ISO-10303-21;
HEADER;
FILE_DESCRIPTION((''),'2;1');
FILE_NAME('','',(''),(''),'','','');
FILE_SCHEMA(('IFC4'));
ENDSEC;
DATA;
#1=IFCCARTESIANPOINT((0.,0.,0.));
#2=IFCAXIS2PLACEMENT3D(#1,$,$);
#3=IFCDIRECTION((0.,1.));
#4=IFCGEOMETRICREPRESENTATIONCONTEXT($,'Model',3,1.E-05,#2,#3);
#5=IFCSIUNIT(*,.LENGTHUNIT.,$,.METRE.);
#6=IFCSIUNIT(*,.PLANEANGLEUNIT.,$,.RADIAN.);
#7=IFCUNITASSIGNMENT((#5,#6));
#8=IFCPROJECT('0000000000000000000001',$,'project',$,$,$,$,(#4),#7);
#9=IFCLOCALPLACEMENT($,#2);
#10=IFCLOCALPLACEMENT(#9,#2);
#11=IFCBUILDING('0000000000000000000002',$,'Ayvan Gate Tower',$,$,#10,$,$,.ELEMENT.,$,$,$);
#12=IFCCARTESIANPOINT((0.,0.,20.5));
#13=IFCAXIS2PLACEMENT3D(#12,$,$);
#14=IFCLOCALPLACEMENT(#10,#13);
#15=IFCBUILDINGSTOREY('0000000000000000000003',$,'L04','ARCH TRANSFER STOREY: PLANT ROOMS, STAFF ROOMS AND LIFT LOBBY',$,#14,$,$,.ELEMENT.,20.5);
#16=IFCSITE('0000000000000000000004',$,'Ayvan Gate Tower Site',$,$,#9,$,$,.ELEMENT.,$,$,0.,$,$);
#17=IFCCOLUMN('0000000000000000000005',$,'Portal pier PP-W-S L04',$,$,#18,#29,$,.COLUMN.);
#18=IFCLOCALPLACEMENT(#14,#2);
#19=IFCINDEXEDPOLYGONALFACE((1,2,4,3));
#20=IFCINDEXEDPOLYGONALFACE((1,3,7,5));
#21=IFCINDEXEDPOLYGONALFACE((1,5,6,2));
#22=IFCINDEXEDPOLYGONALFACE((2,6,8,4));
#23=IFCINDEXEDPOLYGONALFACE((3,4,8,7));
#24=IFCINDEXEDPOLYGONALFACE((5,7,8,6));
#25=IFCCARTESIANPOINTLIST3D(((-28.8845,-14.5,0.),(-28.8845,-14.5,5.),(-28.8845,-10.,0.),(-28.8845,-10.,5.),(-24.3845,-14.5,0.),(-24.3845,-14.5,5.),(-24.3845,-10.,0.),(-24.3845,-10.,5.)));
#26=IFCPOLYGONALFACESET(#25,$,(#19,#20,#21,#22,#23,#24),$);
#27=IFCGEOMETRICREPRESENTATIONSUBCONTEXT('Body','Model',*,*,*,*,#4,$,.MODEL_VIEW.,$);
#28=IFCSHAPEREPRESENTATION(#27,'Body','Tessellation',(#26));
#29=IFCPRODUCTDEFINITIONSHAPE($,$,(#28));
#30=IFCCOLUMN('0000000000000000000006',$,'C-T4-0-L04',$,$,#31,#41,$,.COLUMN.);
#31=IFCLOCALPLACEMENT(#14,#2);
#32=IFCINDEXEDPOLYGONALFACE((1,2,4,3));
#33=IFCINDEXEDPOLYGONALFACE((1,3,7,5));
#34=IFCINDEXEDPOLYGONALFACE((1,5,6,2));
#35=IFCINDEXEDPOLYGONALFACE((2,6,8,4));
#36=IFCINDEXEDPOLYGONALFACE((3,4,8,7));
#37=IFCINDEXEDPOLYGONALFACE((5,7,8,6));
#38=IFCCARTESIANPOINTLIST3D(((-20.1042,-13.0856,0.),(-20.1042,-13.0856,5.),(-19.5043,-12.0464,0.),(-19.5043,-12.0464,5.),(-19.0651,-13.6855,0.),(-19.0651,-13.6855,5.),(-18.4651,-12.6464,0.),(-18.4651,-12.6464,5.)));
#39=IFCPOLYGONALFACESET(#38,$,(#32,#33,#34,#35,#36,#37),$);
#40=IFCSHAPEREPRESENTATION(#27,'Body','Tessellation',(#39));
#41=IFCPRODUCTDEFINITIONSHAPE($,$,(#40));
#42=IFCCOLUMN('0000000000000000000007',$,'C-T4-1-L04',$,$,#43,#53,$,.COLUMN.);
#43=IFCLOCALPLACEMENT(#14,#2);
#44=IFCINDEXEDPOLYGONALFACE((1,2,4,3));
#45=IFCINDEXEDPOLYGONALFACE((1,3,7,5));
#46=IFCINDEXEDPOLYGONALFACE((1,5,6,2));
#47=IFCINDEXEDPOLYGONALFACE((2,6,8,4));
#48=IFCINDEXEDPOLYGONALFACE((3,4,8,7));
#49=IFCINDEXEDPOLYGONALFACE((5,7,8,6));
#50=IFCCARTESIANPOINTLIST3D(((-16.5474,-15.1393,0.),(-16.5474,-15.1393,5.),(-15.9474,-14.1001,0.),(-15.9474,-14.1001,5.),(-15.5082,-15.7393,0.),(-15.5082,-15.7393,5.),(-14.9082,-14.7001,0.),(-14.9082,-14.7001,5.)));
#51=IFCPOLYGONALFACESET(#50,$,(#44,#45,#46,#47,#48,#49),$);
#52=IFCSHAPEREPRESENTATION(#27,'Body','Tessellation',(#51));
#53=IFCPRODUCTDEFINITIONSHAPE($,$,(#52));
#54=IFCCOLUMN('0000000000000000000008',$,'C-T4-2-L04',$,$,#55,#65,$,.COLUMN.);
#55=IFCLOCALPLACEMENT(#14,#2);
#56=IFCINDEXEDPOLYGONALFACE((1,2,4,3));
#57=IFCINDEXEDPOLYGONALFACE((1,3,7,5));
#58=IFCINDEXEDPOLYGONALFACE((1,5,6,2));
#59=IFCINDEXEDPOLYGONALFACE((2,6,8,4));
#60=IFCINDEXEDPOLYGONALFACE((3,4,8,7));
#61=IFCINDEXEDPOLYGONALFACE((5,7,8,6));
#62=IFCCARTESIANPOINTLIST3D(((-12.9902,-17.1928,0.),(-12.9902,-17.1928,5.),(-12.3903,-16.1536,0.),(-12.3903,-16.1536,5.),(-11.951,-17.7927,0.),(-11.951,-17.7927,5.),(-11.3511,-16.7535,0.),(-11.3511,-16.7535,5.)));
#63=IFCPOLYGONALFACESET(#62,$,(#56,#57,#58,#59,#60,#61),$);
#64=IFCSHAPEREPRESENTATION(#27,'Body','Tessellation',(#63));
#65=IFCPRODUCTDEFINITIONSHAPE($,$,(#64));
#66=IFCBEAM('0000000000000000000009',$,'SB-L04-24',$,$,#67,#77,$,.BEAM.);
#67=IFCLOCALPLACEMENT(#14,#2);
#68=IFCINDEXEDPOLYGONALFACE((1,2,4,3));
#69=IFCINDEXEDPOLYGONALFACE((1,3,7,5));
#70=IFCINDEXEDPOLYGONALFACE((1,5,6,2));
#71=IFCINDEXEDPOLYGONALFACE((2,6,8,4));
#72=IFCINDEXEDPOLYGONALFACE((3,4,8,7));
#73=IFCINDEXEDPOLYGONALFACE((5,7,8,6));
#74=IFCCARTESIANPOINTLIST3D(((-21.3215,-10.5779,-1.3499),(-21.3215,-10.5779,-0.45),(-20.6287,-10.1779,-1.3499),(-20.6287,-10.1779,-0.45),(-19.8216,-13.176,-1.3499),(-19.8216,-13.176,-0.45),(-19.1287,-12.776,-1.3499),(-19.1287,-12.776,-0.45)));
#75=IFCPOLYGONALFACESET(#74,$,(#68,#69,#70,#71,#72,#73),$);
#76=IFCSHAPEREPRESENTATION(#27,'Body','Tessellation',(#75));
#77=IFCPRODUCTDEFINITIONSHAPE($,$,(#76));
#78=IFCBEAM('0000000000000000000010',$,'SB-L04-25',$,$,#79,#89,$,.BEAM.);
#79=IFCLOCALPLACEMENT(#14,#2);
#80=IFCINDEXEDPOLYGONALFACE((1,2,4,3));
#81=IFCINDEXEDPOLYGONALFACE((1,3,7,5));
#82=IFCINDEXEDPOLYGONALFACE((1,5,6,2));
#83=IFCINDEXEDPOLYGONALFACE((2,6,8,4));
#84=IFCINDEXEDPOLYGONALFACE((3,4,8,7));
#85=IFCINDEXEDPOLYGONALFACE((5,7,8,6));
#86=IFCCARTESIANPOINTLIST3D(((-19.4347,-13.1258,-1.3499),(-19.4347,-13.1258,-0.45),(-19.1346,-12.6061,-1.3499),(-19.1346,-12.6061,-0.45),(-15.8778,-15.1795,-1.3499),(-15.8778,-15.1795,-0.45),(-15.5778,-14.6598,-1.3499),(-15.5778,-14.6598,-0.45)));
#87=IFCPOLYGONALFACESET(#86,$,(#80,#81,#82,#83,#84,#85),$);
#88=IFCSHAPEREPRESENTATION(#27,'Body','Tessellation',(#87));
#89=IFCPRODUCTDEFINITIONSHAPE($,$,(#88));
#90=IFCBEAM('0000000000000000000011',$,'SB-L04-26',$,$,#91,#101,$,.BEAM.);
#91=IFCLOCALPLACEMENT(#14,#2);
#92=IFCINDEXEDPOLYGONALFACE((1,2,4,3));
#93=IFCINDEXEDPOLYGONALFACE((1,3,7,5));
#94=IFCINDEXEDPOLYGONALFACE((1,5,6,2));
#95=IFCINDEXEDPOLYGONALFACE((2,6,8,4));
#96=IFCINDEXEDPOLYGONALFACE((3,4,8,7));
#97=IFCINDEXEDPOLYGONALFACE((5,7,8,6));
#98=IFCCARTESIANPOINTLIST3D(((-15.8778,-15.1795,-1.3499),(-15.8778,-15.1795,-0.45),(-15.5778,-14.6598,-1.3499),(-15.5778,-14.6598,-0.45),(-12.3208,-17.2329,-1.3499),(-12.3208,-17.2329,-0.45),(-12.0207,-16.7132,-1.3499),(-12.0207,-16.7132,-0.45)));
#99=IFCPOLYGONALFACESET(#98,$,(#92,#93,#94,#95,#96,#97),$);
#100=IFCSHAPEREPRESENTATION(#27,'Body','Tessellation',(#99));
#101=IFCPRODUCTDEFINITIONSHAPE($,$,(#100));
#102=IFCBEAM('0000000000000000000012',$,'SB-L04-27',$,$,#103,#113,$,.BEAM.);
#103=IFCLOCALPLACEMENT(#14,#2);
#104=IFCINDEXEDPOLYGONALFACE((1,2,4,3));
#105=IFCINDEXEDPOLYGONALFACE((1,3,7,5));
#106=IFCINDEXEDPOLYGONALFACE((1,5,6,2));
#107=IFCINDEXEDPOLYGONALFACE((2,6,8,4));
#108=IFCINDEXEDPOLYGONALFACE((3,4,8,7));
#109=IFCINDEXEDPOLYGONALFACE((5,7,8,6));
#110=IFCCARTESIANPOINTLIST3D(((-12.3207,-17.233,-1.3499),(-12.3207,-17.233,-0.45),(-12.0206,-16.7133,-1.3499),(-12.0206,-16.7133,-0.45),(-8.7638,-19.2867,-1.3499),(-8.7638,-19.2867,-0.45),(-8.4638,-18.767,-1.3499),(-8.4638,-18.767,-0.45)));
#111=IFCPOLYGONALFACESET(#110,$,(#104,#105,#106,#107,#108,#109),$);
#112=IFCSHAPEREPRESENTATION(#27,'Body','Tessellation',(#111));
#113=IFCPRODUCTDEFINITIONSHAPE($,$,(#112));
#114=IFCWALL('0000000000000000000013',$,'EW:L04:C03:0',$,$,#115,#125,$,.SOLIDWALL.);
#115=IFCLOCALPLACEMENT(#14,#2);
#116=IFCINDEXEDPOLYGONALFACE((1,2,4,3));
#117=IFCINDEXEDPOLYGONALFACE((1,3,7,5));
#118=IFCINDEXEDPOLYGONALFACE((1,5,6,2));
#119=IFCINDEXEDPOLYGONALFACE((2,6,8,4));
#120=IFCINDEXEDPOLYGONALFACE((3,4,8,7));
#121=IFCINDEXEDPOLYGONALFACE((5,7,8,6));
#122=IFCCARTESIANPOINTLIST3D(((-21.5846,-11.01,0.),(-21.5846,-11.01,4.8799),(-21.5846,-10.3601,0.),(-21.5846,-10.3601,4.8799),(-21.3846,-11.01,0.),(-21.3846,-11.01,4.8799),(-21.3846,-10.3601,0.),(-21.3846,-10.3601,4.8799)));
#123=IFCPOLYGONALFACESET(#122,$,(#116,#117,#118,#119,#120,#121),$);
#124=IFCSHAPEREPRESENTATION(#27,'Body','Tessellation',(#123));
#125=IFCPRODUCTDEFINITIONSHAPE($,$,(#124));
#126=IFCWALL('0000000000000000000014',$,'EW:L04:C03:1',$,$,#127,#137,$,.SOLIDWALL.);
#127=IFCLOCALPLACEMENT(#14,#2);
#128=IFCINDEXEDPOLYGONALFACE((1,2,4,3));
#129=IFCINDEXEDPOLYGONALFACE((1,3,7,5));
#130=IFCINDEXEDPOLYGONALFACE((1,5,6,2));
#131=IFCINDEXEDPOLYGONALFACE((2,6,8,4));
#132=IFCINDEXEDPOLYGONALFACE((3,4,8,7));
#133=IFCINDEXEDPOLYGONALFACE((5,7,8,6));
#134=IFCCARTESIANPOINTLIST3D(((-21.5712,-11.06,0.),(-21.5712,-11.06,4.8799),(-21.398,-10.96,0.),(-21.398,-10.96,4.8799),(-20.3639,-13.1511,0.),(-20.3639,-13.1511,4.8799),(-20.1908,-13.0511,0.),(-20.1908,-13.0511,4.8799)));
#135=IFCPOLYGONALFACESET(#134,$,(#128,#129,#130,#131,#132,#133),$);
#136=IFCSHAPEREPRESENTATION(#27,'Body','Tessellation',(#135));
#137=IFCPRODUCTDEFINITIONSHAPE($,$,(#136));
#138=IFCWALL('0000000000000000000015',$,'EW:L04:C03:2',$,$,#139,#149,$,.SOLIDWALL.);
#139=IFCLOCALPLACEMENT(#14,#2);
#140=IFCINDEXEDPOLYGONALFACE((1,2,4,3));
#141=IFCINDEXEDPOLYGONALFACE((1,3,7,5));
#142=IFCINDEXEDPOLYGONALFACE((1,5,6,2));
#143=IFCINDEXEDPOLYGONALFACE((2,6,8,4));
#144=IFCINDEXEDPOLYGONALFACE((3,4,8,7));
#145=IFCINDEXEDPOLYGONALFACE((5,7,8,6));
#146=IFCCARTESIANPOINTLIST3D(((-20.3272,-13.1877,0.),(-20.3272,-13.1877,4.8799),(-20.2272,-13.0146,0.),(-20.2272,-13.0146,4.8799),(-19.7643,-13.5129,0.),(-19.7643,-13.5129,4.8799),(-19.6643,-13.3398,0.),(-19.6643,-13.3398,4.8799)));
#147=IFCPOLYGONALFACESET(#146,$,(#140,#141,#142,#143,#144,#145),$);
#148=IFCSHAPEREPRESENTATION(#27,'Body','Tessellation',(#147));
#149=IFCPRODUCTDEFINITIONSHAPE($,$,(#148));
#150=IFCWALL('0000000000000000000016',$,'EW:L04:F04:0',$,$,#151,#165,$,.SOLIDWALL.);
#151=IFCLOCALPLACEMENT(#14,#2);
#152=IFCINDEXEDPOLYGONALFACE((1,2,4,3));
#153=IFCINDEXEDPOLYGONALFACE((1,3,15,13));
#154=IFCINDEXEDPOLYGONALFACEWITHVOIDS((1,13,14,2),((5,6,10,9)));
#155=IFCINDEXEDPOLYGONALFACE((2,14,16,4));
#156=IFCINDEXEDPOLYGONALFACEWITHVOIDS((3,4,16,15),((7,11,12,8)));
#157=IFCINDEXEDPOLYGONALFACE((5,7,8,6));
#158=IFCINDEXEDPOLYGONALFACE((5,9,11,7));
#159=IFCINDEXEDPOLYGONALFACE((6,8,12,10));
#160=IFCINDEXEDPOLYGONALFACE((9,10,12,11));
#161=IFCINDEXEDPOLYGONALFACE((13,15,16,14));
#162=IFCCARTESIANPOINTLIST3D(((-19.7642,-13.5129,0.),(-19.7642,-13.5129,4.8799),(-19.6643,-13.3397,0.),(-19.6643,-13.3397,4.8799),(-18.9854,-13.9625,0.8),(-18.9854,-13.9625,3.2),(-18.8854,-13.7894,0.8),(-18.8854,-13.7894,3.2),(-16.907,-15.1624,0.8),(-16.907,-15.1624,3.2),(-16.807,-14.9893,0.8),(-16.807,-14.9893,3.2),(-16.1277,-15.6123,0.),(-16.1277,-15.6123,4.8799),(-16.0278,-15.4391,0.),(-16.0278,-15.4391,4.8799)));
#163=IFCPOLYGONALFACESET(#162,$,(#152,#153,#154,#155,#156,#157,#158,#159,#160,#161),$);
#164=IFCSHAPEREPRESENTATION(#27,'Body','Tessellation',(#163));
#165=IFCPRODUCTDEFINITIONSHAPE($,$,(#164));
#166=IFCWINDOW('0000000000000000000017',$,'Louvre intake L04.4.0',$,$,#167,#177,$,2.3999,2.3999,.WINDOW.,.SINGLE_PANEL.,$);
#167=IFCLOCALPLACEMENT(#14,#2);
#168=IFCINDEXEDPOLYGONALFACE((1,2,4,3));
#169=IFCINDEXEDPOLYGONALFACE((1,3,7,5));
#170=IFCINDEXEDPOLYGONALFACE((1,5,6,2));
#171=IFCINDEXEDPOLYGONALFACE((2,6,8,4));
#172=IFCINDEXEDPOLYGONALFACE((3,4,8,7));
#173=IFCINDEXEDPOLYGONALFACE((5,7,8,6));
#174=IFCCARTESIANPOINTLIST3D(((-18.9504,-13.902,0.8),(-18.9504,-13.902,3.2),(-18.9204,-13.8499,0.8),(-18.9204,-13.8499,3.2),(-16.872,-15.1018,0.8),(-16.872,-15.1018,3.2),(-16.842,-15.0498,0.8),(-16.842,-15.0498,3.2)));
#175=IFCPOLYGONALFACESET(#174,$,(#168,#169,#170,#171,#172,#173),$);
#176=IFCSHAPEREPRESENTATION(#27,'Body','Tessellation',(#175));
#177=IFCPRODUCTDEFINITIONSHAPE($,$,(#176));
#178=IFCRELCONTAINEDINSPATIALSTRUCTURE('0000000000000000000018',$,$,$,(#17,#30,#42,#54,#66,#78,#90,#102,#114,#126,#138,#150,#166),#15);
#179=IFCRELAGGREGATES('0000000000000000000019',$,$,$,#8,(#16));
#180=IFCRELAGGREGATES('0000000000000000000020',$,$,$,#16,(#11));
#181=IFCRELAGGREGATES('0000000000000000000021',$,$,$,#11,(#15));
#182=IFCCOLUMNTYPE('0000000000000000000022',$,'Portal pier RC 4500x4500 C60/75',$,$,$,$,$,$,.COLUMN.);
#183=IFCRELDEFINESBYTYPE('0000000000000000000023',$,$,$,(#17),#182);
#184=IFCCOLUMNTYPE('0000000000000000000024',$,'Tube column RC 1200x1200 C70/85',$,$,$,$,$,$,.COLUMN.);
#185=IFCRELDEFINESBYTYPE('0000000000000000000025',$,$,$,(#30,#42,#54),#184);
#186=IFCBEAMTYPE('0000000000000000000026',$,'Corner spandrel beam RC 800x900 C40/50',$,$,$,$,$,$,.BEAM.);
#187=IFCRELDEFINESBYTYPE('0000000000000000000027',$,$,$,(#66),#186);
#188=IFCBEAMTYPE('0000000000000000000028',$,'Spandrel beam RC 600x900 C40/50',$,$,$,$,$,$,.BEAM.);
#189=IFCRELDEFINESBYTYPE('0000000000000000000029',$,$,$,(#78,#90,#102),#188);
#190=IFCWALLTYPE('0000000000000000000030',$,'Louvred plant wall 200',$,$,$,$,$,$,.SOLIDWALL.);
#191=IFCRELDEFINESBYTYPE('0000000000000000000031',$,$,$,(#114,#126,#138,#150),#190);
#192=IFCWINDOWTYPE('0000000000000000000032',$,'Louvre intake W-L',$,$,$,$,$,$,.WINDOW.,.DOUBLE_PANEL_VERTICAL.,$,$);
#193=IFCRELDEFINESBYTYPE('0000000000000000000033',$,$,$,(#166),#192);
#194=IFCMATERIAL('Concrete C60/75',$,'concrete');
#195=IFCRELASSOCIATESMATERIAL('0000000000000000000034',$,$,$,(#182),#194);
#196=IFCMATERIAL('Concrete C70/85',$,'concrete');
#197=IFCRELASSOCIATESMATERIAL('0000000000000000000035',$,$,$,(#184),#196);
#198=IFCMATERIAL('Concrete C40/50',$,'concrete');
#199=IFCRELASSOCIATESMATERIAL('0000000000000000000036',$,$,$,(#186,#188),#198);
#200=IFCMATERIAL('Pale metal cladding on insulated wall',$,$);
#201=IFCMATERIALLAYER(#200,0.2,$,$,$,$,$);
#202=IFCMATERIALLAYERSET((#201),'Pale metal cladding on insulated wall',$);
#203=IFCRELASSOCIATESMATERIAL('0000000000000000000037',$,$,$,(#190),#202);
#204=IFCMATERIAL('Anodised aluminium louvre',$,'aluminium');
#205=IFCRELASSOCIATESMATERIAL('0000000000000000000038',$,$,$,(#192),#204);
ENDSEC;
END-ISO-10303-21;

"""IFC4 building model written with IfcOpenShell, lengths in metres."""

from ifc_helpers import new_model, si_unit, direction, frame, frame_2d, origin, origin_2d, place, context, subcontext, project, spatial, rectangle, extrude, material, layer, layer_set, material_profile, profile_set, type_object, element, fill, save


model = new_model("IFC4")

# Units and contexts
model_context = context("Model", 3, precision=1e-05, world=origin(), true_north=direction((0.0, 1.0)))
body_context = subcontext(model_context, "Body", "Model", "MODEL_VIEW")
ifc_project = project(units=[si_unit("LENGTHUNIT", "METRE"), si_unit("PLANEANGLEUNIT", "RADIAN")], contexts=[model_context])

# Site, building, storey
site_placement = place(None, origin())
site = spatial("IfcSite", under=ifc_project, at=site_placement, Name="Ayvan Gate Tower Site", CompositionType="ELEMENT", RefElevation=0.0)
building_placement = place(site_placement, origin())
building = spatial("IfcBuilding", under=site, at=building_placement, Name="Ayvan Gate Tower", CompositionType="ELEMENT")
storey_placement = place(building_placement, frame((0.0, 0.0, 20.5)))
storey = spatial("IfcBuildingStorey", under=building, at=storey_placement, Name="L04", Description="ARCH TRANSFER STOREY: PLANT ROOMS, STAFF ROOMS AND LIFT LOBBY", CompositionType="ELEMENT", Elevation=20.5)

# Columns
ifc_material_1 = material(Name="Concrete C60/75", Category="concrete")
ifc_material_profile_1 = material_profile(ifc_material_1, rectangle(XDim=4.5, YDim=4.5, at=origin_2d()), Name="RC 4500x4500")
ifc_profile_set_1 = profile_set([ifc_material_profile_1], Name="Concrete C60/75")
column_type_1 = type_object("IfcColumnType", Name="Portal pier RC 4500x4500 C60/75", PredefinedType="COLUMN", material=ifc_profile_set_1)
column_placement = place(storey_placement, frame((-26.6345, -12.25, 0.0), z_axis=(0.0, 0.0, 1.0), x_axis=(-1.0, 0.0, 0.0)))
element("IfcColumn", 1, at=column_placement, inside=storey, type_object=column_type_1, Name="Portal pier PP-W-S L04", PredefinedType="COLUMN", context=body_context, shape_type="SweptSolid", body=[
    extrude(rectangle(XDim=4.5, YDim=4.5, at=origin_2d()), origin(), (0.0, 0.0, 1.0), 5.0),
])
ifc_material_2 = material(Name="Concrete C70/85", Category="concrete")
ifc_material_profile_2 = material_profile(ifc_material_2, rectangle(XDim=1.2, YDim=1.2, at=origin_2d()), Name="RC 1200x1200")
ifc_profile_set_2 = profile_set([ifc_material_profile_2], Name="Concrete C70/85")
column_type_2 = type_object("IfcColumnType", Name="Tube column RC 1200x1200 C70/85", PredefinedType="COLUMN", material=ifc_profile_set_2)
for number, where, z_axis, x_axis, name in (
    (2, (-19.2847, -12.866, 0.0), (0.0, 0.0, 1.0), (-0.5, -0.866025, 0.0), "C-T4-0-L04"),
    (3, (-15.7278, -14.9197, 0.0), (0.0, 0.0, 1.0), (-0.5, -0.866025, 0.0), "C-T4-1-L04"),
    (4, (-12.1707, -16.9731, 0.0), (0.0, 0.0, 1.0), (-0.5, -0.866025, 0.0), "C-T4-2-L04"),
):
    element("IfcColumn", number, at=place(storey_placement, frame(where, z_axis=z_axis, x_axis=x_axis)), inside=storey, type_object=column_type_2, Name=name, PredefinedType="COLUMN", context=body_context, shape_type="SweptSolid", body=[
        extrude(rectangle(XDim=1.2, YDim=1.2, at=origin_2d()), origin(), (0.0, 0.0, 1.0), 5.0),
    ])

# Beams
ifc_material_3 = material(Name="Concrete C40/50", Category="concrete")
ifc_material_profile_3 = material_profile(ifc_material_3, rectangle(XDim=0.8, YDim=0.8999, at=origin_2d()), Name="RC 800x900")
ifc_profile_set_3 = profile_set([ifc_material_profile_3], Name="Concrete C40/50")
beam_type_1 = type_object("IfcBeamType", Name="Corner spandrel beam RC 800x900 C40/50", PredefinedType="BEAM", material=ifc_profile_set_3)
beam_placement = place(storey_placement, frame((-20.9751, -10.3779, -0.8999), z_axis=(0.49999, -0.866031, 0.0), x_axis=(0.866031, 0.49999, 0.0)))
element("IfcBeam", 5, at=beam_placement, inside=storey, type_object=beam_type_1, Name="SB-L04-24", PredefinedType="BEAM", context=body_context, shape_type="SweptSolid", body=[
    extrude(rectangle(XDim=0.8, YDim=0.8999, at=origin_2d()), origin(), (0.0, 0.0, 1.0), 3.0),
])
ifc_material_profile_4 = material_profile(ifc_material_3, rectangle(XDim=0.6001, YDim=0.8999, at=origin_2d()), Name="RC 600x900")
ifc_profile_set_4 = profile_set([ifc_material_profile_4], Name="Concrete C40/50")
beam_type_2 = type_object("IfcBeamType", Name="Spandrel beam RC 600x900 C40/50", PredefinedType="BEAM", material=ifc_profile_set_4)
for number, where, z_axis, x_axis, name in (
    (6, (-19.2847, -12.866, -0.8999), (0.86601, -0.500026, 0.0), (0.500026, 0.86601, 0.0), "SB-L04-25"),
    (7, (-15.7278, -14.9197, -0.8999), (0.866051, -0.499956, 0.0), (0.499956, 0.866051, 0.0), "SB-L04-26"),
    (8, (-12.1707, -16.9731, -0.8999), (0.86601, -0.500026, 0.0), (0.500026, 0.86601, 0.0), "SB-L04-27"),
):
    element("IfcBeam", number, at=place(storey_placement, frame(where, z_axis=z_axis, x_axis=x_axis)), inside=storey, type_object=beam_type_2, Name=name, PredefinedType="BEAM", context=body_context, shape_type="SweptSolid", body=[
        extrude(rectangle(XDim=0.6001, YDim=0.8999, at=origin_2d()), origin(), (0.0, 0.0, 1.0), 4.1072),
    ])

# Walls
ifc_material_4 = material(Name="Pale metal cladding on insulated wall")
ifc_layer_1 = layer(ifc_material_4, 0.2)
ifc_layer_set_1 = layer_set([ifc_layer_1], Name="Pale metal cladding on insulated wall")
wall_type_1 = type_object("IfcWallType", Name="Louvred plant wall 200", PredefinedType="SOLIDWALL", material=ifc_layer_set_1)
wall_1_placement = place(storey_placement, frame((-21.4846, -10.3601, 0.0), z_axis=(0.0, 0.0, 1.0), x_axis=(0.0, -1.0, 0.0)))
element("IfcWall", 9, at=wall_1_placement, inside=storey, type_object=wall_type_1, Name="EW:L04:C03:0", PredefinedType="SOLIDWALL", context=body_context, shape_type="SweptSolid", body=[
    extrude(rectangle(XDim=0.6499, YDim=0.2, at=frame_2d((0.325, 0.0))), origin(), (0.0, 0.0, 1.0), 4.8799),
])
wall_2_placement = place(storey_placement, frame((-21.4846, -11.01, 0.0), z_axis=(0.0, 0.0, 1.0), x_axis=(0.5, -0.866026, 0.0)))
element("IfcWall", 10, at=wall_2_placement, inside=storey, type_object=wall_type_1, Name="EW:L04:C03:1", PredefinedType="SOLIDWALL", context=body_context, shape_type="SweptSolid", body=[
    extrude(rectangle(XDim=2.4146, YDim=0.2, at=frame_2d((1.2073, 0.0))), origin(), (0.0, 0.0, 1.0), 4.8799),
])
wall_3_placement = place(storey_placement, frame((-20.2773, -13.1011, 0.0), z_axis=(0.0, 0.0, 1.0), x_axis=(0.865923, -0.500177, 0.0)))
element("IfcWall", 11, at=wall_3_placement, inside=storey, type_object=wall_type_1, Name="EW:L04:C03:2", PredefinedType="SOLIDWALL", context=body_context, shape_type="SweptSolid", body=[
    extrude(rectangle(XDim=0.6501, YDim=0.2, at=frame_2d((0.3252, 0.0))), origin(), (0.0, 0.0, 1.0), 4.8799),
])

# Wall, opening, window
wall_4_placement = place(storey_placement, frame((-19.7144, -13.4263, 0.0), z_axis=(0.0, 0.0, 1.0), x_axis=(0.866041, -0.499972, 0.0)))
wall_4 = element("IfcWall", 12, at=wall_4_placement, inside=storey, type_object=wall_type_1, Name="EW:L04:F04:0", PredefinedType="SOLIDWALL", context=body_context, shape_type="SweptSolid", body=[
    extrude(rectangle(XDim=4.199, YDim=0.2, at=frame_2d((2.0996, 0.0))), origin(), (0.0, 0.0, 1.0), 4.8799),
])
opening_1_placement = place(wall_4_placement, frame((0.8994, 0.0, 0.8)))
opening_1 = element("IfcOpeningElement", 13, at=opening_1_placement, cuts=wall_4, PredefinedType="OPENING", context=body_context, shape_type="SweptSolid", body=[
    extrude(rectangle(XDim=2.3999, YDim=2.3999, at=frame_2d((1.2, 1.2))), frame((0.0, 0.1099, 0.0), z_axis=(0.0, -1.0, 0.0), x_axis=(1.0, 0.0, 0.0)), (0.0, 0.0, 1.0), 0.22),
])
ifc_material_5 = material(Name="Anodised aluminium louvre", Category="aluminium")
window_type = type_object("IfcWindowType", Name="Louvre intake W-L", PartitioningType="DOUBLE_PANEL_VERTICAL", PredefinedType="WINDOW", material=ifc_material_5)
window_1_placement = place(opening_1_placement, origin())
window_1 = element("IfcWindow", 14, at=window_1_placement, inside=storey, type_object=window_type, Name="Louvre intake L04.4.0", OverallHeight=2.3999, OverallWidth=2.3999, PartitioningType="SINGLE_PANEL", PredefinedType="WINDOW", context=body_context, shape_type="SweptSolid", body=[
    extrude(rectangle(XDim=2.3999, YDim=2.3999, at=frame_2d((1.2, 1.2))), frame((0.0, 0.03, 0.0), z_axis=(0.0, -1.0, 0.0), x_axis=(1.0, 0.0, 0.0)), (0.0, 0.0, 1.0), 0.0601),
])
fill(opening_1, window_1)

save(model, "model.ifc")
